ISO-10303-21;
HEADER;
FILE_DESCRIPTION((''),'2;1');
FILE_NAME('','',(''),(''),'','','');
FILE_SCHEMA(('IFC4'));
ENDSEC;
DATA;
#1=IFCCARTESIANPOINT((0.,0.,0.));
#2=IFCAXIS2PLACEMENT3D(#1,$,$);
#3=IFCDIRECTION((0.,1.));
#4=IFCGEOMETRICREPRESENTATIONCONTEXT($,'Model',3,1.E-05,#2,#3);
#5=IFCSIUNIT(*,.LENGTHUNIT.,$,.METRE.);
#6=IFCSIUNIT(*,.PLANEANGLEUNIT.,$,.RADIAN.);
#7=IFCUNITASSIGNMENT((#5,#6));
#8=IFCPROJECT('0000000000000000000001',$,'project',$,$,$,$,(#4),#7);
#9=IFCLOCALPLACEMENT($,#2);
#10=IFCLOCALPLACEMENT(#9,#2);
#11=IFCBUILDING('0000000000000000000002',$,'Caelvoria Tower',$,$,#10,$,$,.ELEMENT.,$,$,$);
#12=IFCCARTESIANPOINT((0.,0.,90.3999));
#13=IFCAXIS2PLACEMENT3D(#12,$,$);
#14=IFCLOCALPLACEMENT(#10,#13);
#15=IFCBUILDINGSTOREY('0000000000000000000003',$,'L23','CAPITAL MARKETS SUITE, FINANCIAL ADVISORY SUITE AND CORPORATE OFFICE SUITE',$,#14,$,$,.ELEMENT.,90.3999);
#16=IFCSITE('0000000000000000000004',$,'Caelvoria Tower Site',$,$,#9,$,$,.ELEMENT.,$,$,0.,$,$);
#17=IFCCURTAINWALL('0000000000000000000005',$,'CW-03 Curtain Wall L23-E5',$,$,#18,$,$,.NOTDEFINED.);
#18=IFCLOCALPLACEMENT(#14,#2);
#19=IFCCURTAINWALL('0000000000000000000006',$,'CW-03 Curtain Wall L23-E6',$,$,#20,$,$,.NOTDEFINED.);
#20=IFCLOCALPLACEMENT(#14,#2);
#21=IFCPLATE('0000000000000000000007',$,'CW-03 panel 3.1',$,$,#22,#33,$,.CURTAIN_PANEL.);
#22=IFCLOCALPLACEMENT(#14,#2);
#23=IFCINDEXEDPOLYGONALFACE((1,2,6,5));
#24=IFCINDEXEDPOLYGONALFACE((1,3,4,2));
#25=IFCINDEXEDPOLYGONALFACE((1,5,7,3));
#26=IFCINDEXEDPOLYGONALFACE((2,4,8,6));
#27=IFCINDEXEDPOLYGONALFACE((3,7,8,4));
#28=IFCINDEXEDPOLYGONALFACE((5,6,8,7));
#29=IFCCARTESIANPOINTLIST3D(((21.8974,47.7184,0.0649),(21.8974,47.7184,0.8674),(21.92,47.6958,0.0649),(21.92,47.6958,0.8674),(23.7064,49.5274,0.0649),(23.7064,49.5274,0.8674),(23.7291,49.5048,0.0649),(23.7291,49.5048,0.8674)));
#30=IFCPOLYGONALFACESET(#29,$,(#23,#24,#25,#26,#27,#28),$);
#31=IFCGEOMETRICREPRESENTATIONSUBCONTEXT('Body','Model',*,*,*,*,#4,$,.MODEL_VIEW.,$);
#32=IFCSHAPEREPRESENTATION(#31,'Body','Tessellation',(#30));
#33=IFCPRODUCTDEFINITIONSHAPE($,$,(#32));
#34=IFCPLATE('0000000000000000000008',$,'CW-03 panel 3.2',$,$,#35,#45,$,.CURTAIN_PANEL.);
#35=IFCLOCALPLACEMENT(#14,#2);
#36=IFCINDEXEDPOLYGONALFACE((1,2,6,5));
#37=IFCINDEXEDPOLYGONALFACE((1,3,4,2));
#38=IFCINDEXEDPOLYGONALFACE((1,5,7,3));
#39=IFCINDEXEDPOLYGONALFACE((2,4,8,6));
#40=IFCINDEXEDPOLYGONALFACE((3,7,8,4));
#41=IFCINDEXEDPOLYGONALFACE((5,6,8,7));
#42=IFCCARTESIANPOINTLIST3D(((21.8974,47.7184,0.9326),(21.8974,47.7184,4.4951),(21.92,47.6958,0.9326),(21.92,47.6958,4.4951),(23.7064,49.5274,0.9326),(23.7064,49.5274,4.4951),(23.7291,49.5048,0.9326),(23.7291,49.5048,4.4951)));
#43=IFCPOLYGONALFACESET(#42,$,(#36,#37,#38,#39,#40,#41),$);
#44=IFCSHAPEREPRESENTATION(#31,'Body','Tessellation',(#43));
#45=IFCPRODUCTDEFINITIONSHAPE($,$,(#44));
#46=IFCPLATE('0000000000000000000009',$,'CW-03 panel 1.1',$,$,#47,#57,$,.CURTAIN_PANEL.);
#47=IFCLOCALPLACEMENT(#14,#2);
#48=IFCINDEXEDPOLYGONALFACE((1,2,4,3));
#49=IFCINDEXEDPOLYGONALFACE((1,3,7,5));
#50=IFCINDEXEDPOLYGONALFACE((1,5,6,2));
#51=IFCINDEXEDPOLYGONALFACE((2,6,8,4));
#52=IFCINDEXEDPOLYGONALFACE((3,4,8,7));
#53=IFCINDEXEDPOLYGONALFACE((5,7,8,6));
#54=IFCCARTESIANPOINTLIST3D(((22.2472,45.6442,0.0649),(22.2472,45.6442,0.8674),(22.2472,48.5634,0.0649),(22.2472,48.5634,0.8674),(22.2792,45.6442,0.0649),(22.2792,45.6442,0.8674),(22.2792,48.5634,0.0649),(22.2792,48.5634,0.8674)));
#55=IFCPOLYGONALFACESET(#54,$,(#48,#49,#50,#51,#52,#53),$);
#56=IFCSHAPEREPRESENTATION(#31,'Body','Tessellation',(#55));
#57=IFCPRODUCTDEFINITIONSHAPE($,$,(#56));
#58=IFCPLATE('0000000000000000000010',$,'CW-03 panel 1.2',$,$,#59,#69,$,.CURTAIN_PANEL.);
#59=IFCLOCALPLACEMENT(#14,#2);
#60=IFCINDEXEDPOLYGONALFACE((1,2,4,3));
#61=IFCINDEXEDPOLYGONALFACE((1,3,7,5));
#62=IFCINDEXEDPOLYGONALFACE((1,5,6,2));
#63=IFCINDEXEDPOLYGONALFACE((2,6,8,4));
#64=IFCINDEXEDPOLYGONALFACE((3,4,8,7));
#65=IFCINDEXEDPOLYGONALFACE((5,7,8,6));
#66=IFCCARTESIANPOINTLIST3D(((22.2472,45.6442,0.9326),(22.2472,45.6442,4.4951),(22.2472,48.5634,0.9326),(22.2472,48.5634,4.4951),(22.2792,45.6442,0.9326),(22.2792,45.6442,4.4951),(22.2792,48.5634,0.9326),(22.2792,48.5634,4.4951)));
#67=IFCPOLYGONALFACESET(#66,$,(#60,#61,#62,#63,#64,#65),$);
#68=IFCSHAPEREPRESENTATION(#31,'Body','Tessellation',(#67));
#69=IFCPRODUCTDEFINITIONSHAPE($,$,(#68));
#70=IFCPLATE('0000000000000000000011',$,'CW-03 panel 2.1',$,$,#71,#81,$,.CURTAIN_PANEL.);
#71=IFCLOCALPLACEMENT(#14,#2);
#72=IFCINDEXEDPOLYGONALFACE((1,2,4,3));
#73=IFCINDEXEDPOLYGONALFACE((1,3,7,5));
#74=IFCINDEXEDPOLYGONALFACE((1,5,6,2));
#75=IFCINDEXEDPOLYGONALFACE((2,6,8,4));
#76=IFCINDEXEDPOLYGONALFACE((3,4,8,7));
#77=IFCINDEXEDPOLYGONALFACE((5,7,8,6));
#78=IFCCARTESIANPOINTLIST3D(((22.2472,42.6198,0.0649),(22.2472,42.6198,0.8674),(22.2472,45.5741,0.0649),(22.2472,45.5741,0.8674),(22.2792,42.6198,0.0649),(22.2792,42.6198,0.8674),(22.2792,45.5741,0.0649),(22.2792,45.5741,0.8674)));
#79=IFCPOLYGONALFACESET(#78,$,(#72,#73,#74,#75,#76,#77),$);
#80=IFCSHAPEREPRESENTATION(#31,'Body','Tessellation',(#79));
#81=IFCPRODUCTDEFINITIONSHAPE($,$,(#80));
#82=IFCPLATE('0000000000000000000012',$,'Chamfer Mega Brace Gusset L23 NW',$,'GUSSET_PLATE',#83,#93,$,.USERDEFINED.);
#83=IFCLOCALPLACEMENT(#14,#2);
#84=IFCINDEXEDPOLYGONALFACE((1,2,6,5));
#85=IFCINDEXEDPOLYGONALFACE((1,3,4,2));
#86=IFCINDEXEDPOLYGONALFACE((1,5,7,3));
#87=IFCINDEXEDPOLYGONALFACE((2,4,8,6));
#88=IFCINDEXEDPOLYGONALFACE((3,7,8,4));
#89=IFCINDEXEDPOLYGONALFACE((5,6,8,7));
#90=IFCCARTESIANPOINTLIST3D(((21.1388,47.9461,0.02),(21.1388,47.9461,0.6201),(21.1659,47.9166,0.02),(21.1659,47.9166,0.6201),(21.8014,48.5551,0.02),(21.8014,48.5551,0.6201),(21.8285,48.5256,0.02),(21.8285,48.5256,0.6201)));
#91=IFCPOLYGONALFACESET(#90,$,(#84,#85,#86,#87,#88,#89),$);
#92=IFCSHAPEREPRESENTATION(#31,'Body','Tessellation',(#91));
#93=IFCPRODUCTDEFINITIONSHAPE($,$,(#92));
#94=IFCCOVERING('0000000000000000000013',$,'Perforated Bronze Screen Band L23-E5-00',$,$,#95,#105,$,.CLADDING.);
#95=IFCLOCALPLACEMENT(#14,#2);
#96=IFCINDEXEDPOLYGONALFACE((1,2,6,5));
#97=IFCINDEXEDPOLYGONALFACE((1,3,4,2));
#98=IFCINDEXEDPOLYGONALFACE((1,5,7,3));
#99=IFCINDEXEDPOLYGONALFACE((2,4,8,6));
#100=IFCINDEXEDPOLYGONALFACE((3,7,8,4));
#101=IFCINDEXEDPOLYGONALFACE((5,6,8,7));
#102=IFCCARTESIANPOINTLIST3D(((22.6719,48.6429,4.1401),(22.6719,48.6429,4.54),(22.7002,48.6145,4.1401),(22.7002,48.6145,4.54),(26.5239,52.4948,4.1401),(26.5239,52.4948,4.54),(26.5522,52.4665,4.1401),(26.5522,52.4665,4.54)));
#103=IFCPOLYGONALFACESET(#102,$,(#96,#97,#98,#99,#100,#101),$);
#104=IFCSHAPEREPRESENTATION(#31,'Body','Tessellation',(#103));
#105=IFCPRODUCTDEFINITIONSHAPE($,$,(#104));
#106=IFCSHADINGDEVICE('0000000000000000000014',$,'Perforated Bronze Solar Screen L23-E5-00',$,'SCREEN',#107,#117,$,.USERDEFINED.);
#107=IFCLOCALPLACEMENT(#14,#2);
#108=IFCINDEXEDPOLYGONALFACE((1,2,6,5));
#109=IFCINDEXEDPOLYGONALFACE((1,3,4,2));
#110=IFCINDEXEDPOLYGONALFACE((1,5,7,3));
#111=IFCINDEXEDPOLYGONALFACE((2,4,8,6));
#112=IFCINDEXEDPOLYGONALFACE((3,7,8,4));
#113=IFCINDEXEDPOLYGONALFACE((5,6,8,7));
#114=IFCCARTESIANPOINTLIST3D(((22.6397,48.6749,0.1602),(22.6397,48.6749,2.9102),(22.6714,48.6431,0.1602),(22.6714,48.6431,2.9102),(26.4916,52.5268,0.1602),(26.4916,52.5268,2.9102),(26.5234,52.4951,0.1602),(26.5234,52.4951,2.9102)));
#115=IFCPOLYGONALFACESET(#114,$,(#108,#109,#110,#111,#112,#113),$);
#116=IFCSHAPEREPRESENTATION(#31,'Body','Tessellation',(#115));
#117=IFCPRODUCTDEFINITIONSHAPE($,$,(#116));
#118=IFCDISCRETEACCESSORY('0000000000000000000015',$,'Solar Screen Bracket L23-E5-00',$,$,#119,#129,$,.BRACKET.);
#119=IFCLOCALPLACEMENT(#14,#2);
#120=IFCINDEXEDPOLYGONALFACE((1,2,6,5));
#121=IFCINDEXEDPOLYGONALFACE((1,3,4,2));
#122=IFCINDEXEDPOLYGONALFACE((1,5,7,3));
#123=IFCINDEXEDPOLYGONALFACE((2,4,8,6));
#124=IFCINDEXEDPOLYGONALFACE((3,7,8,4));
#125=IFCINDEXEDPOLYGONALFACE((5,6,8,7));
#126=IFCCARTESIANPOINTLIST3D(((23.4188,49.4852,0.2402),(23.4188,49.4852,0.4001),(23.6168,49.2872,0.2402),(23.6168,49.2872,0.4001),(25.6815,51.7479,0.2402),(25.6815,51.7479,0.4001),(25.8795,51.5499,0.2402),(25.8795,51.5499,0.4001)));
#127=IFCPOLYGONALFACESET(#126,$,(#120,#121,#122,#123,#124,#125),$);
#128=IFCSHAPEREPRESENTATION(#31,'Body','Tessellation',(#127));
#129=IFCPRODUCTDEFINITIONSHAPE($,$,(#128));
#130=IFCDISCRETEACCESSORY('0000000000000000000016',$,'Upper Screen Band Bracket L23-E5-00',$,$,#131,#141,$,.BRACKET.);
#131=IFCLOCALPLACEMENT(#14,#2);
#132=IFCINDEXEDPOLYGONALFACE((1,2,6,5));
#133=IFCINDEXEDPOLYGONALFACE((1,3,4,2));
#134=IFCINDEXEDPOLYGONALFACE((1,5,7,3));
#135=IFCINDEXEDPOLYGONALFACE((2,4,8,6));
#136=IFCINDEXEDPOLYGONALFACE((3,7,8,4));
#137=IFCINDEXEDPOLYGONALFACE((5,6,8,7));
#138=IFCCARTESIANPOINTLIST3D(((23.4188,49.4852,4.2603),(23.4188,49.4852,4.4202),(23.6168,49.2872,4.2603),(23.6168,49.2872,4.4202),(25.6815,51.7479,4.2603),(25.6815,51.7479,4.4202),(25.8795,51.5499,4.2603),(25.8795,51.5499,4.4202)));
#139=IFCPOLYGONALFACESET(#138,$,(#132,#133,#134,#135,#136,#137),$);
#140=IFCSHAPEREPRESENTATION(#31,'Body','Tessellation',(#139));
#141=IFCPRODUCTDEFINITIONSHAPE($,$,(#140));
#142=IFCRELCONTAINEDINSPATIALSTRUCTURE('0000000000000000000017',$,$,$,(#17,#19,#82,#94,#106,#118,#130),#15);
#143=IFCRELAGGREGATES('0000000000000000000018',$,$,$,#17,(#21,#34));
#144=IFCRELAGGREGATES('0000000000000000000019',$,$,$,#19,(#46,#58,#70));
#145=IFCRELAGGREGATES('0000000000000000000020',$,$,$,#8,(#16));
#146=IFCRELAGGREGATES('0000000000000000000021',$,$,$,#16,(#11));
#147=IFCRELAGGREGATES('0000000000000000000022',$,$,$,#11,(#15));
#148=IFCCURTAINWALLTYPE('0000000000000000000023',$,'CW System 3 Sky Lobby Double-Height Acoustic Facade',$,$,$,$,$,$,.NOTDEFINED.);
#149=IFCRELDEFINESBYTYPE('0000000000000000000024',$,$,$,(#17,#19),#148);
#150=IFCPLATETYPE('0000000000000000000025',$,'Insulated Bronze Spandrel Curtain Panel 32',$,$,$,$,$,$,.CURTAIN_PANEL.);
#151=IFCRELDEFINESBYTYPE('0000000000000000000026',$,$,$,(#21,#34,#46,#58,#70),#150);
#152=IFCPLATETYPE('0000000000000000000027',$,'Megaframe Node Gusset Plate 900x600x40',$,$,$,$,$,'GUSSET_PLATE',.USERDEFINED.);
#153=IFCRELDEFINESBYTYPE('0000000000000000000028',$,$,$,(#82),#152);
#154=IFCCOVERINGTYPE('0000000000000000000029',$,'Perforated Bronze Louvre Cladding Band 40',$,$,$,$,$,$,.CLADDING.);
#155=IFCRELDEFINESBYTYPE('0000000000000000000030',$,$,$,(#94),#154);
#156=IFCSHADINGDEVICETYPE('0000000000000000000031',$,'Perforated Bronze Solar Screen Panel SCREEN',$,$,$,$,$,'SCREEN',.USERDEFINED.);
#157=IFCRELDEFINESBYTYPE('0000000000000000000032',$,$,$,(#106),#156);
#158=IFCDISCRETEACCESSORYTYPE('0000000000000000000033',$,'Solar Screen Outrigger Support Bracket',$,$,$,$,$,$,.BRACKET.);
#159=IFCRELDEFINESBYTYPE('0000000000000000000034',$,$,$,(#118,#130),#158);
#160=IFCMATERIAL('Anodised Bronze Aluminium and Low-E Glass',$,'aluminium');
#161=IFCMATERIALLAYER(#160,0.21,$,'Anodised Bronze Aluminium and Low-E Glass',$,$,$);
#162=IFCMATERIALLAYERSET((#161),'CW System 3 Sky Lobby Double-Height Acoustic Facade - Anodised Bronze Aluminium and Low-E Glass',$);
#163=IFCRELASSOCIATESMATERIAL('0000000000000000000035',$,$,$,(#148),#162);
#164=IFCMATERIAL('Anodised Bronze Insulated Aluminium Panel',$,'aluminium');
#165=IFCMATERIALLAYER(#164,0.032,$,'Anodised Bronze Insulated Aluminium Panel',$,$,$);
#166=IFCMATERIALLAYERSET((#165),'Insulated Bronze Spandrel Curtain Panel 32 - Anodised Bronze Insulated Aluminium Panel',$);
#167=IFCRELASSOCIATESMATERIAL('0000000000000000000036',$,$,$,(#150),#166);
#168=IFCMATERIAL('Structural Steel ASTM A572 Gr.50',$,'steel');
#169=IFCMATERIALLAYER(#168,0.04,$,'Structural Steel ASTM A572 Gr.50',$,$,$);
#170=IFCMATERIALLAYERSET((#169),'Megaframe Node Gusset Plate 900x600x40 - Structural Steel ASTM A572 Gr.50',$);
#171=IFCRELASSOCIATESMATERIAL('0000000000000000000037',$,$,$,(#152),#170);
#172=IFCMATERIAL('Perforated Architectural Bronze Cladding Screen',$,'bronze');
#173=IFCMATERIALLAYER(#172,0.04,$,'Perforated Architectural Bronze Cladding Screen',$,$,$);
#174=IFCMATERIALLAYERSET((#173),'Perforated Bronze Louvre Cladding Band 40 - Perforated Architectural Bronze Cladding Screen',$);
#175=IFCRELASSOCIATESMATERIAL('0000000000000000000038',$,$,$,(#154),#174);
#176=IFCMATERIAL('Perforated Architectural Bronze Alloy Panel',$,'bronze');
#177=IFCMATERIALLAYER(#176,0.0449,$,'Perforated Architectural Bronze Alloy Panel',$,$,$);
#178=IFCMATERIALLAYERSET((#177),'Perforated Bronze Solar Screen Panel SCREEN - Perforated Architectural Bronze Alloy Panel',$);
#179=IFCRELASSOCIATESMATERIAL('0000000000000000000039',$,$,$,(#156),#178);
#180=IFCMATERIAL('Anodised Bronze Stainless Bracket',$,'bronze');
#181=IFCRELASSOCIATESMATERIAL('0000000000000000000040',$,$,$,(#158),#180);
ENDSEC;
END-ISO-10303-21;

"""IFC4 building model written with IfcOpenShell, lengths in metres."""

from ifc_helpers import new_model, si_unit, direction, frame, origin, origin_2d, place, context, subcontext, project, spatial, rectangle, extrude, material, layer, layer_set, type_object, element, aggregate, save


model = new_model("IFC4")

# Units and contexts
model_context = context("Model", 3, precision=1e-05, world=origin(), true_north=direction((0.0, 1.0)))
body_context = subcontext(model_context, "Body", "Model", "MODEL_VIEW")
ifc_project = project(units=[si_unit("LENGTHUNIT", "METRE"), si_unit("PLANEANGLEUNIT", "RADIAN")], contexts=[model_context])

# Site, building, storey
site_placement = place(None, origin())
site = spatial("IfcSite", under=ifc_project, at=site_placement, Name="Caelvoria Tower Site", CompositionType="ELEMENT", RefElevation=0.0)
building_placement = place(site_placement, origin())
building = spatial("IfcBuilding", under=site, at=building_placement, Name="Caelvoria Tower", CompositionType="ELEMENT")
storey_placement = place(building_placement, frame((0.0, 0.0, 90.3999)))
storey = spatial("IfcBuildingStorey", under=building, at=storey_placement, Name="L23", Description="CAPITAL MARKETS SUITE, FINANCIAL ADVISORY SUITE AND CORPORATE OFFICE SUITE", CompositionType="ELEMENT", Elevation=90.3999)

# Shared definitions
ifc_material_1 = material(Name="Structural Steel ASTM A572 Gr.50", Category="steel")

# Curtain walls
ifc_material_2 = material(Name="Anodised Bronze Aluminium and Low-E Glass", Category="aluminium")
ifc_layer_1 = layer(ifc_material_2, 0.21, Name="Anodised Bronze Aluminium and Low-E Glass")
ifc_layer_set_1 = layer_set([ifc_layer_1], Name="CW System 3 Sky Lobby Double-Height Acoustic Facade - Anodised Bronze Aluminium and Low-E Glass")
curtain_wall_type = type_object("IfcCurtainWallType", Name="CW System 3 Sky Lobby Double-Height Acoustic Facade", PredefinedType="NOTDEFINED", material=ifc_layer_set_1)
curtain_wall_1_placement = place(storey_placement, origin())
curtain_wall_1 = element("IfcCurtainWall", 1, at=curtain_wall_1_placement, inside=storey, type_object=curtain_wall_type, Name="CW-03 Curtain Wall L23-E5", PredefinedType="NOTDEFINED")
curtain_wall_2_placement = place(storey_placement, origin())
curtain_wall_2 = element("IfcCurtainWall", 2, at=curtain_wall_2_placement, inside=storey, type_object=curtain_wall_type, Name="CW-03 Curtain Wall L23-E6", PredefinedType="NOTDEFINED")

# Plates
ifc_material_3 = material(Name="Anodised Bronze Insulated Aluminium Panel", Category="aluminium")
ifc_layer_2 = layer(ifc_material_3, 0.032, Name="Anodised Bronze Insulated Aluminium Panel")
ifc_layer_set_2 = layer_set([ifc_layer_2], Name="Insulated Bronze Spandrel Curtain Panel 32 - Anodised Bronze Insulated Aluminium Panel")
plate_type_1 = type_object("IfcPlateType", Name="Insulated Bronze Spandrel Curtain Panel 32", PredefinedType="CURTAIN_PANEL", material=ifc_layer_set_2)
plate_1_placement = place(storey_placement, frame((22.8132, 48.6116, 0.0649), z_axis=(0.0, 0.0, 1.0), x_axis=(-0.707107, -0.707107, 0.0)))
plate_1 = element("IfcPlate", 3, at=plate_1_placement, type_object=plate_type_1, Name="CW-03 panel 3.1", PredefinedType="CURTAIN_PANEL", context=body_context, shape_type="SweptSolid", body=[
    extrude(rectangle(XDim=2.5583, YDim=0.032, at=origin_2d()), origin(), (0.0, 0.0, 1.0), 0.8025),
])
plate_2_placement = place(storey_placement, frame((22.8132, 48.6116, 0.9326), z_axis=(0.0, 0.0, 1.0), x_axis=(-0.707107, -0.707107, 0.0)))
plate_2 = element("IfcPlate", 4, at=plate_2_placement, type_object=plate_type_1, Name="CW-03 panel 3.2", PredefinedType="CURTAIN_PANEL", context=body_context, shape_type="SweptSolid", body=[
    extrude(rectangle(XDim=2.5583, YDim=0.032, at=origin_2d()), origin(), (0.0, 0.0, 1.0), 3.5625),
])
aggregate(curtain_wall_1, [plate_1, plate_2])
plate_3_placement = place(storey_placement, frame((22.2632, 47.1038, 0.0649), z_axis=(0.0, 0.0, 1.0), x_axis=(0.0, -1.0, 0.0)))
plate_3 = element("IfcPlate", 5, at=plate_3_placement, type_object=plate_type_1, Name="CW-03 panel 1.1", PredefinedType="CURTAIN_PANEL", context=body_context, shape_type="SweptSolid", body=[
    extrude(rectangle(XDim=2.9192, YDim=0.032, at=origin_2d()), origin(), (0.0, 0.0, 1.0), 0.8025),
])
plate_4_placement = place(storey_placement, frame((22.2632, 47.1038, 0.9326), z_axis=(0.0, 0.0, 1.0), x_axis=(0.0, -1.0, 0.0)))
plate_4 = element("IfcPlate", 6, at=plate_4_placement, type_object=plate_type_1, Name="CW-03 panel 1.2", PredefinedType="CURTAIN_PANEL", context=body_context, shape_type="SweptSolid", body=[
    extrude(rectangle(XDim=2.9192, YDim=0.032, at=origin_2d()), origin(), (0.0, 0.0, 1.0), 3.5625),
])
plate_5_placement = place(storey_placement, frame((22.2632, 44.0969, 0.0649), z_axis=(0.0, 0.0, 1.0), x_axis=(0.0, -1.0, 0.0)))
plate_5 = element("IfcPlate", 7, at=plate_5_placement, type_object=plate_type_1, Name="CW-03 panel 2.1", PredefinedType="CURTAIN_PANEL", context=body_context, shape_type="SweptSolid", body=[
    extrude(rectangle(XDim=2.9543, YDim=0.032, at=origin_2d()), origin(), (0.0, 0.0, 1.0), 0.8025),
])
aggregate(curtain_wall_2, [plate_3, plate_4, plate_5])
ifc_layer_3 = layer(ifc_material_1, 0.04, Name="Structural Steel ASTM A572 Gr.50")
ifc_layer_set_3 = layer_set([ifc_layer_3], Name="Megaframe Node Gusset Plate 900x600x40 - Structural Steel ASTM A572 Gr.50")
plate_type_2 = type_object("IfcPlateType", Name="Megaframe Node Gusset Plate 900x600x40", ElementType="GUSSET_PLATE", PredefinedType="USERDEFINED", material=ifc_layer_set_3)
plate_6_placement = place(storey_placement, frame((21.4836, 48.2358, 0.02), z_axis=(0.0, 0.0, 1.0), x_axis=(0.736236, 0.676724, 0.0)))
element("IfcPlate", 8, at=plate_6_placement, inside=storey, type_object=plate_type_2, Name="Chamfer Mega Brace Gusset L23 NW", ObjectType="GUSSET_PLATE", PredefinedType="USERDEFINED", context=body_context, shape_type="SweptSolid", body=[
    extrude(rectangle(XDim=0.8999, YDim=0.04, at=origin_2d()), origin(), (0.0, 0.0, 1.0), 0.6001),
])

# Covering
ifc_material_4 = material(Name="Perforated Architectural Bronze Cladding Screen", Category="bronze")
ifc_layer_4 = layer(ifc_material_4, 0.04, Name="Perforated Architectural Bronze Cladding Screen")
ifc_layer_set_4 = layer_set([ifc_layer_4], Name="Perforated Bronze Louvre Cladding Band 40 - Perforated Architectural Bronze Cladding Screen")
covering_type = type_object("IfcCoveringType", Name="Perforated Bronze Louvre Cladding Band 40", PredefinedType="CLADDING", material=ifc_layer_set_4)
covering_placement = place(storey_placement, frame((24.6121, 50.5547, 4.1401), z_axis=(0.0, 0.0, 1.0), x_axis=(-0.707107, -0.707107, 0.0)))
element("IfcCovering", 9, at=covering_placement, inside=storey, type_object=covering_type, Name="Perforated Bronze Screen Band L23-E5-00", PredefinedType="CLADDING", context=body_context, shape_type="SweptSolid", body=[
    extrude(rectangle(XDim=5.4475, YDim=0.04, at=origin_2d()), origin(), (0.0, 0.0, 1.0), 0.3999),
])

# Shading device
ifc_material_5 = material(Name="Perforated Architectural Bronze Alloy Panel", Category="bronze")
ifc_layer_5 = layer(ifc_material_5, 0.0449, Name="Perforated Architectural Bronze Alloy Panel")
ifc_layer_set_5 = layer_set([ifc_layer_5], Name="Perforated Bronze Solar Screen Panel SCREEN - Perforated Architectural Bronze Alloy Panel")
shading_device_type = type_object("IfcShadingDeviceType", Name="Perforated Bronze Solar Screen Panel SCREEN", ElementType="SCREEN", PredefinedType="USERDEFINED", material=ifc_layer_set_5)
shading_device_placement = place(storey_placement, frame((24.5815, 50.585, 0.1602), z_axis=(0.0, 0.0, 1.0), x_axis=(-0.707107, -0.707107, 0.0)))
element("IfcShadingDevice", 10, at=shading_device_placement, inside=storey, type_object=shading_device_type, Name="Perforated Bronze Solar Screen L23-E5-00", ObjectType="SCREEN", PredefinedType="USERDEFINED", context=body_context, shape_type="SweptSolid", body=[
    extrude(rectangle(XDim=5.4475, YDim=0.0449, at=origin_2d()), origin(), (0.0, 0.0, 1.0), 2.75),
])

# Discrete accessories
ifc_material_6 = material(Name="Anodised Bronze Stainless Bracket", Category="bronze")
discrete_accessory_type = type_object("IfcDiscreteAccessoryType", Name="Solar Screen Outrigger Support Bracket", PredefinedType="BRACKET", material=ifc_material_6)
for number, where, z_axis, x_axis, name in (
    (11, (24.6492, 50.5176, 0.2402), (0.0, 0.0, 1.0), (-0.707107, -0.707107, 0.0), "Solar Screen Bracket L23-E5-00"),
    (12, (24.6492, 50.5176, 4.2603), (0.0, 0.0, 1.0), (-0.707107, -0.707107, 0.0), "Upper Screen Band Bracket L23-E5-00"),
):
    element("IfcDiscreteAccessory", number, at=place(storey_placement, frame(where, z_axis=z_axis, x_axis=x_axis)), inside=storey, type_object=discrete_accessory_type, Name=name, PredefinedType="BRACKET", context=body_context, shape_type="SweptSolid", body=[
        extrude(rectangle(XDim=3.2, YDim=0.28, at=origin_2d()), origin(), (0.0, 0.0, 1.0), 0.1599),
    ])

save(model, "model.ifc")
